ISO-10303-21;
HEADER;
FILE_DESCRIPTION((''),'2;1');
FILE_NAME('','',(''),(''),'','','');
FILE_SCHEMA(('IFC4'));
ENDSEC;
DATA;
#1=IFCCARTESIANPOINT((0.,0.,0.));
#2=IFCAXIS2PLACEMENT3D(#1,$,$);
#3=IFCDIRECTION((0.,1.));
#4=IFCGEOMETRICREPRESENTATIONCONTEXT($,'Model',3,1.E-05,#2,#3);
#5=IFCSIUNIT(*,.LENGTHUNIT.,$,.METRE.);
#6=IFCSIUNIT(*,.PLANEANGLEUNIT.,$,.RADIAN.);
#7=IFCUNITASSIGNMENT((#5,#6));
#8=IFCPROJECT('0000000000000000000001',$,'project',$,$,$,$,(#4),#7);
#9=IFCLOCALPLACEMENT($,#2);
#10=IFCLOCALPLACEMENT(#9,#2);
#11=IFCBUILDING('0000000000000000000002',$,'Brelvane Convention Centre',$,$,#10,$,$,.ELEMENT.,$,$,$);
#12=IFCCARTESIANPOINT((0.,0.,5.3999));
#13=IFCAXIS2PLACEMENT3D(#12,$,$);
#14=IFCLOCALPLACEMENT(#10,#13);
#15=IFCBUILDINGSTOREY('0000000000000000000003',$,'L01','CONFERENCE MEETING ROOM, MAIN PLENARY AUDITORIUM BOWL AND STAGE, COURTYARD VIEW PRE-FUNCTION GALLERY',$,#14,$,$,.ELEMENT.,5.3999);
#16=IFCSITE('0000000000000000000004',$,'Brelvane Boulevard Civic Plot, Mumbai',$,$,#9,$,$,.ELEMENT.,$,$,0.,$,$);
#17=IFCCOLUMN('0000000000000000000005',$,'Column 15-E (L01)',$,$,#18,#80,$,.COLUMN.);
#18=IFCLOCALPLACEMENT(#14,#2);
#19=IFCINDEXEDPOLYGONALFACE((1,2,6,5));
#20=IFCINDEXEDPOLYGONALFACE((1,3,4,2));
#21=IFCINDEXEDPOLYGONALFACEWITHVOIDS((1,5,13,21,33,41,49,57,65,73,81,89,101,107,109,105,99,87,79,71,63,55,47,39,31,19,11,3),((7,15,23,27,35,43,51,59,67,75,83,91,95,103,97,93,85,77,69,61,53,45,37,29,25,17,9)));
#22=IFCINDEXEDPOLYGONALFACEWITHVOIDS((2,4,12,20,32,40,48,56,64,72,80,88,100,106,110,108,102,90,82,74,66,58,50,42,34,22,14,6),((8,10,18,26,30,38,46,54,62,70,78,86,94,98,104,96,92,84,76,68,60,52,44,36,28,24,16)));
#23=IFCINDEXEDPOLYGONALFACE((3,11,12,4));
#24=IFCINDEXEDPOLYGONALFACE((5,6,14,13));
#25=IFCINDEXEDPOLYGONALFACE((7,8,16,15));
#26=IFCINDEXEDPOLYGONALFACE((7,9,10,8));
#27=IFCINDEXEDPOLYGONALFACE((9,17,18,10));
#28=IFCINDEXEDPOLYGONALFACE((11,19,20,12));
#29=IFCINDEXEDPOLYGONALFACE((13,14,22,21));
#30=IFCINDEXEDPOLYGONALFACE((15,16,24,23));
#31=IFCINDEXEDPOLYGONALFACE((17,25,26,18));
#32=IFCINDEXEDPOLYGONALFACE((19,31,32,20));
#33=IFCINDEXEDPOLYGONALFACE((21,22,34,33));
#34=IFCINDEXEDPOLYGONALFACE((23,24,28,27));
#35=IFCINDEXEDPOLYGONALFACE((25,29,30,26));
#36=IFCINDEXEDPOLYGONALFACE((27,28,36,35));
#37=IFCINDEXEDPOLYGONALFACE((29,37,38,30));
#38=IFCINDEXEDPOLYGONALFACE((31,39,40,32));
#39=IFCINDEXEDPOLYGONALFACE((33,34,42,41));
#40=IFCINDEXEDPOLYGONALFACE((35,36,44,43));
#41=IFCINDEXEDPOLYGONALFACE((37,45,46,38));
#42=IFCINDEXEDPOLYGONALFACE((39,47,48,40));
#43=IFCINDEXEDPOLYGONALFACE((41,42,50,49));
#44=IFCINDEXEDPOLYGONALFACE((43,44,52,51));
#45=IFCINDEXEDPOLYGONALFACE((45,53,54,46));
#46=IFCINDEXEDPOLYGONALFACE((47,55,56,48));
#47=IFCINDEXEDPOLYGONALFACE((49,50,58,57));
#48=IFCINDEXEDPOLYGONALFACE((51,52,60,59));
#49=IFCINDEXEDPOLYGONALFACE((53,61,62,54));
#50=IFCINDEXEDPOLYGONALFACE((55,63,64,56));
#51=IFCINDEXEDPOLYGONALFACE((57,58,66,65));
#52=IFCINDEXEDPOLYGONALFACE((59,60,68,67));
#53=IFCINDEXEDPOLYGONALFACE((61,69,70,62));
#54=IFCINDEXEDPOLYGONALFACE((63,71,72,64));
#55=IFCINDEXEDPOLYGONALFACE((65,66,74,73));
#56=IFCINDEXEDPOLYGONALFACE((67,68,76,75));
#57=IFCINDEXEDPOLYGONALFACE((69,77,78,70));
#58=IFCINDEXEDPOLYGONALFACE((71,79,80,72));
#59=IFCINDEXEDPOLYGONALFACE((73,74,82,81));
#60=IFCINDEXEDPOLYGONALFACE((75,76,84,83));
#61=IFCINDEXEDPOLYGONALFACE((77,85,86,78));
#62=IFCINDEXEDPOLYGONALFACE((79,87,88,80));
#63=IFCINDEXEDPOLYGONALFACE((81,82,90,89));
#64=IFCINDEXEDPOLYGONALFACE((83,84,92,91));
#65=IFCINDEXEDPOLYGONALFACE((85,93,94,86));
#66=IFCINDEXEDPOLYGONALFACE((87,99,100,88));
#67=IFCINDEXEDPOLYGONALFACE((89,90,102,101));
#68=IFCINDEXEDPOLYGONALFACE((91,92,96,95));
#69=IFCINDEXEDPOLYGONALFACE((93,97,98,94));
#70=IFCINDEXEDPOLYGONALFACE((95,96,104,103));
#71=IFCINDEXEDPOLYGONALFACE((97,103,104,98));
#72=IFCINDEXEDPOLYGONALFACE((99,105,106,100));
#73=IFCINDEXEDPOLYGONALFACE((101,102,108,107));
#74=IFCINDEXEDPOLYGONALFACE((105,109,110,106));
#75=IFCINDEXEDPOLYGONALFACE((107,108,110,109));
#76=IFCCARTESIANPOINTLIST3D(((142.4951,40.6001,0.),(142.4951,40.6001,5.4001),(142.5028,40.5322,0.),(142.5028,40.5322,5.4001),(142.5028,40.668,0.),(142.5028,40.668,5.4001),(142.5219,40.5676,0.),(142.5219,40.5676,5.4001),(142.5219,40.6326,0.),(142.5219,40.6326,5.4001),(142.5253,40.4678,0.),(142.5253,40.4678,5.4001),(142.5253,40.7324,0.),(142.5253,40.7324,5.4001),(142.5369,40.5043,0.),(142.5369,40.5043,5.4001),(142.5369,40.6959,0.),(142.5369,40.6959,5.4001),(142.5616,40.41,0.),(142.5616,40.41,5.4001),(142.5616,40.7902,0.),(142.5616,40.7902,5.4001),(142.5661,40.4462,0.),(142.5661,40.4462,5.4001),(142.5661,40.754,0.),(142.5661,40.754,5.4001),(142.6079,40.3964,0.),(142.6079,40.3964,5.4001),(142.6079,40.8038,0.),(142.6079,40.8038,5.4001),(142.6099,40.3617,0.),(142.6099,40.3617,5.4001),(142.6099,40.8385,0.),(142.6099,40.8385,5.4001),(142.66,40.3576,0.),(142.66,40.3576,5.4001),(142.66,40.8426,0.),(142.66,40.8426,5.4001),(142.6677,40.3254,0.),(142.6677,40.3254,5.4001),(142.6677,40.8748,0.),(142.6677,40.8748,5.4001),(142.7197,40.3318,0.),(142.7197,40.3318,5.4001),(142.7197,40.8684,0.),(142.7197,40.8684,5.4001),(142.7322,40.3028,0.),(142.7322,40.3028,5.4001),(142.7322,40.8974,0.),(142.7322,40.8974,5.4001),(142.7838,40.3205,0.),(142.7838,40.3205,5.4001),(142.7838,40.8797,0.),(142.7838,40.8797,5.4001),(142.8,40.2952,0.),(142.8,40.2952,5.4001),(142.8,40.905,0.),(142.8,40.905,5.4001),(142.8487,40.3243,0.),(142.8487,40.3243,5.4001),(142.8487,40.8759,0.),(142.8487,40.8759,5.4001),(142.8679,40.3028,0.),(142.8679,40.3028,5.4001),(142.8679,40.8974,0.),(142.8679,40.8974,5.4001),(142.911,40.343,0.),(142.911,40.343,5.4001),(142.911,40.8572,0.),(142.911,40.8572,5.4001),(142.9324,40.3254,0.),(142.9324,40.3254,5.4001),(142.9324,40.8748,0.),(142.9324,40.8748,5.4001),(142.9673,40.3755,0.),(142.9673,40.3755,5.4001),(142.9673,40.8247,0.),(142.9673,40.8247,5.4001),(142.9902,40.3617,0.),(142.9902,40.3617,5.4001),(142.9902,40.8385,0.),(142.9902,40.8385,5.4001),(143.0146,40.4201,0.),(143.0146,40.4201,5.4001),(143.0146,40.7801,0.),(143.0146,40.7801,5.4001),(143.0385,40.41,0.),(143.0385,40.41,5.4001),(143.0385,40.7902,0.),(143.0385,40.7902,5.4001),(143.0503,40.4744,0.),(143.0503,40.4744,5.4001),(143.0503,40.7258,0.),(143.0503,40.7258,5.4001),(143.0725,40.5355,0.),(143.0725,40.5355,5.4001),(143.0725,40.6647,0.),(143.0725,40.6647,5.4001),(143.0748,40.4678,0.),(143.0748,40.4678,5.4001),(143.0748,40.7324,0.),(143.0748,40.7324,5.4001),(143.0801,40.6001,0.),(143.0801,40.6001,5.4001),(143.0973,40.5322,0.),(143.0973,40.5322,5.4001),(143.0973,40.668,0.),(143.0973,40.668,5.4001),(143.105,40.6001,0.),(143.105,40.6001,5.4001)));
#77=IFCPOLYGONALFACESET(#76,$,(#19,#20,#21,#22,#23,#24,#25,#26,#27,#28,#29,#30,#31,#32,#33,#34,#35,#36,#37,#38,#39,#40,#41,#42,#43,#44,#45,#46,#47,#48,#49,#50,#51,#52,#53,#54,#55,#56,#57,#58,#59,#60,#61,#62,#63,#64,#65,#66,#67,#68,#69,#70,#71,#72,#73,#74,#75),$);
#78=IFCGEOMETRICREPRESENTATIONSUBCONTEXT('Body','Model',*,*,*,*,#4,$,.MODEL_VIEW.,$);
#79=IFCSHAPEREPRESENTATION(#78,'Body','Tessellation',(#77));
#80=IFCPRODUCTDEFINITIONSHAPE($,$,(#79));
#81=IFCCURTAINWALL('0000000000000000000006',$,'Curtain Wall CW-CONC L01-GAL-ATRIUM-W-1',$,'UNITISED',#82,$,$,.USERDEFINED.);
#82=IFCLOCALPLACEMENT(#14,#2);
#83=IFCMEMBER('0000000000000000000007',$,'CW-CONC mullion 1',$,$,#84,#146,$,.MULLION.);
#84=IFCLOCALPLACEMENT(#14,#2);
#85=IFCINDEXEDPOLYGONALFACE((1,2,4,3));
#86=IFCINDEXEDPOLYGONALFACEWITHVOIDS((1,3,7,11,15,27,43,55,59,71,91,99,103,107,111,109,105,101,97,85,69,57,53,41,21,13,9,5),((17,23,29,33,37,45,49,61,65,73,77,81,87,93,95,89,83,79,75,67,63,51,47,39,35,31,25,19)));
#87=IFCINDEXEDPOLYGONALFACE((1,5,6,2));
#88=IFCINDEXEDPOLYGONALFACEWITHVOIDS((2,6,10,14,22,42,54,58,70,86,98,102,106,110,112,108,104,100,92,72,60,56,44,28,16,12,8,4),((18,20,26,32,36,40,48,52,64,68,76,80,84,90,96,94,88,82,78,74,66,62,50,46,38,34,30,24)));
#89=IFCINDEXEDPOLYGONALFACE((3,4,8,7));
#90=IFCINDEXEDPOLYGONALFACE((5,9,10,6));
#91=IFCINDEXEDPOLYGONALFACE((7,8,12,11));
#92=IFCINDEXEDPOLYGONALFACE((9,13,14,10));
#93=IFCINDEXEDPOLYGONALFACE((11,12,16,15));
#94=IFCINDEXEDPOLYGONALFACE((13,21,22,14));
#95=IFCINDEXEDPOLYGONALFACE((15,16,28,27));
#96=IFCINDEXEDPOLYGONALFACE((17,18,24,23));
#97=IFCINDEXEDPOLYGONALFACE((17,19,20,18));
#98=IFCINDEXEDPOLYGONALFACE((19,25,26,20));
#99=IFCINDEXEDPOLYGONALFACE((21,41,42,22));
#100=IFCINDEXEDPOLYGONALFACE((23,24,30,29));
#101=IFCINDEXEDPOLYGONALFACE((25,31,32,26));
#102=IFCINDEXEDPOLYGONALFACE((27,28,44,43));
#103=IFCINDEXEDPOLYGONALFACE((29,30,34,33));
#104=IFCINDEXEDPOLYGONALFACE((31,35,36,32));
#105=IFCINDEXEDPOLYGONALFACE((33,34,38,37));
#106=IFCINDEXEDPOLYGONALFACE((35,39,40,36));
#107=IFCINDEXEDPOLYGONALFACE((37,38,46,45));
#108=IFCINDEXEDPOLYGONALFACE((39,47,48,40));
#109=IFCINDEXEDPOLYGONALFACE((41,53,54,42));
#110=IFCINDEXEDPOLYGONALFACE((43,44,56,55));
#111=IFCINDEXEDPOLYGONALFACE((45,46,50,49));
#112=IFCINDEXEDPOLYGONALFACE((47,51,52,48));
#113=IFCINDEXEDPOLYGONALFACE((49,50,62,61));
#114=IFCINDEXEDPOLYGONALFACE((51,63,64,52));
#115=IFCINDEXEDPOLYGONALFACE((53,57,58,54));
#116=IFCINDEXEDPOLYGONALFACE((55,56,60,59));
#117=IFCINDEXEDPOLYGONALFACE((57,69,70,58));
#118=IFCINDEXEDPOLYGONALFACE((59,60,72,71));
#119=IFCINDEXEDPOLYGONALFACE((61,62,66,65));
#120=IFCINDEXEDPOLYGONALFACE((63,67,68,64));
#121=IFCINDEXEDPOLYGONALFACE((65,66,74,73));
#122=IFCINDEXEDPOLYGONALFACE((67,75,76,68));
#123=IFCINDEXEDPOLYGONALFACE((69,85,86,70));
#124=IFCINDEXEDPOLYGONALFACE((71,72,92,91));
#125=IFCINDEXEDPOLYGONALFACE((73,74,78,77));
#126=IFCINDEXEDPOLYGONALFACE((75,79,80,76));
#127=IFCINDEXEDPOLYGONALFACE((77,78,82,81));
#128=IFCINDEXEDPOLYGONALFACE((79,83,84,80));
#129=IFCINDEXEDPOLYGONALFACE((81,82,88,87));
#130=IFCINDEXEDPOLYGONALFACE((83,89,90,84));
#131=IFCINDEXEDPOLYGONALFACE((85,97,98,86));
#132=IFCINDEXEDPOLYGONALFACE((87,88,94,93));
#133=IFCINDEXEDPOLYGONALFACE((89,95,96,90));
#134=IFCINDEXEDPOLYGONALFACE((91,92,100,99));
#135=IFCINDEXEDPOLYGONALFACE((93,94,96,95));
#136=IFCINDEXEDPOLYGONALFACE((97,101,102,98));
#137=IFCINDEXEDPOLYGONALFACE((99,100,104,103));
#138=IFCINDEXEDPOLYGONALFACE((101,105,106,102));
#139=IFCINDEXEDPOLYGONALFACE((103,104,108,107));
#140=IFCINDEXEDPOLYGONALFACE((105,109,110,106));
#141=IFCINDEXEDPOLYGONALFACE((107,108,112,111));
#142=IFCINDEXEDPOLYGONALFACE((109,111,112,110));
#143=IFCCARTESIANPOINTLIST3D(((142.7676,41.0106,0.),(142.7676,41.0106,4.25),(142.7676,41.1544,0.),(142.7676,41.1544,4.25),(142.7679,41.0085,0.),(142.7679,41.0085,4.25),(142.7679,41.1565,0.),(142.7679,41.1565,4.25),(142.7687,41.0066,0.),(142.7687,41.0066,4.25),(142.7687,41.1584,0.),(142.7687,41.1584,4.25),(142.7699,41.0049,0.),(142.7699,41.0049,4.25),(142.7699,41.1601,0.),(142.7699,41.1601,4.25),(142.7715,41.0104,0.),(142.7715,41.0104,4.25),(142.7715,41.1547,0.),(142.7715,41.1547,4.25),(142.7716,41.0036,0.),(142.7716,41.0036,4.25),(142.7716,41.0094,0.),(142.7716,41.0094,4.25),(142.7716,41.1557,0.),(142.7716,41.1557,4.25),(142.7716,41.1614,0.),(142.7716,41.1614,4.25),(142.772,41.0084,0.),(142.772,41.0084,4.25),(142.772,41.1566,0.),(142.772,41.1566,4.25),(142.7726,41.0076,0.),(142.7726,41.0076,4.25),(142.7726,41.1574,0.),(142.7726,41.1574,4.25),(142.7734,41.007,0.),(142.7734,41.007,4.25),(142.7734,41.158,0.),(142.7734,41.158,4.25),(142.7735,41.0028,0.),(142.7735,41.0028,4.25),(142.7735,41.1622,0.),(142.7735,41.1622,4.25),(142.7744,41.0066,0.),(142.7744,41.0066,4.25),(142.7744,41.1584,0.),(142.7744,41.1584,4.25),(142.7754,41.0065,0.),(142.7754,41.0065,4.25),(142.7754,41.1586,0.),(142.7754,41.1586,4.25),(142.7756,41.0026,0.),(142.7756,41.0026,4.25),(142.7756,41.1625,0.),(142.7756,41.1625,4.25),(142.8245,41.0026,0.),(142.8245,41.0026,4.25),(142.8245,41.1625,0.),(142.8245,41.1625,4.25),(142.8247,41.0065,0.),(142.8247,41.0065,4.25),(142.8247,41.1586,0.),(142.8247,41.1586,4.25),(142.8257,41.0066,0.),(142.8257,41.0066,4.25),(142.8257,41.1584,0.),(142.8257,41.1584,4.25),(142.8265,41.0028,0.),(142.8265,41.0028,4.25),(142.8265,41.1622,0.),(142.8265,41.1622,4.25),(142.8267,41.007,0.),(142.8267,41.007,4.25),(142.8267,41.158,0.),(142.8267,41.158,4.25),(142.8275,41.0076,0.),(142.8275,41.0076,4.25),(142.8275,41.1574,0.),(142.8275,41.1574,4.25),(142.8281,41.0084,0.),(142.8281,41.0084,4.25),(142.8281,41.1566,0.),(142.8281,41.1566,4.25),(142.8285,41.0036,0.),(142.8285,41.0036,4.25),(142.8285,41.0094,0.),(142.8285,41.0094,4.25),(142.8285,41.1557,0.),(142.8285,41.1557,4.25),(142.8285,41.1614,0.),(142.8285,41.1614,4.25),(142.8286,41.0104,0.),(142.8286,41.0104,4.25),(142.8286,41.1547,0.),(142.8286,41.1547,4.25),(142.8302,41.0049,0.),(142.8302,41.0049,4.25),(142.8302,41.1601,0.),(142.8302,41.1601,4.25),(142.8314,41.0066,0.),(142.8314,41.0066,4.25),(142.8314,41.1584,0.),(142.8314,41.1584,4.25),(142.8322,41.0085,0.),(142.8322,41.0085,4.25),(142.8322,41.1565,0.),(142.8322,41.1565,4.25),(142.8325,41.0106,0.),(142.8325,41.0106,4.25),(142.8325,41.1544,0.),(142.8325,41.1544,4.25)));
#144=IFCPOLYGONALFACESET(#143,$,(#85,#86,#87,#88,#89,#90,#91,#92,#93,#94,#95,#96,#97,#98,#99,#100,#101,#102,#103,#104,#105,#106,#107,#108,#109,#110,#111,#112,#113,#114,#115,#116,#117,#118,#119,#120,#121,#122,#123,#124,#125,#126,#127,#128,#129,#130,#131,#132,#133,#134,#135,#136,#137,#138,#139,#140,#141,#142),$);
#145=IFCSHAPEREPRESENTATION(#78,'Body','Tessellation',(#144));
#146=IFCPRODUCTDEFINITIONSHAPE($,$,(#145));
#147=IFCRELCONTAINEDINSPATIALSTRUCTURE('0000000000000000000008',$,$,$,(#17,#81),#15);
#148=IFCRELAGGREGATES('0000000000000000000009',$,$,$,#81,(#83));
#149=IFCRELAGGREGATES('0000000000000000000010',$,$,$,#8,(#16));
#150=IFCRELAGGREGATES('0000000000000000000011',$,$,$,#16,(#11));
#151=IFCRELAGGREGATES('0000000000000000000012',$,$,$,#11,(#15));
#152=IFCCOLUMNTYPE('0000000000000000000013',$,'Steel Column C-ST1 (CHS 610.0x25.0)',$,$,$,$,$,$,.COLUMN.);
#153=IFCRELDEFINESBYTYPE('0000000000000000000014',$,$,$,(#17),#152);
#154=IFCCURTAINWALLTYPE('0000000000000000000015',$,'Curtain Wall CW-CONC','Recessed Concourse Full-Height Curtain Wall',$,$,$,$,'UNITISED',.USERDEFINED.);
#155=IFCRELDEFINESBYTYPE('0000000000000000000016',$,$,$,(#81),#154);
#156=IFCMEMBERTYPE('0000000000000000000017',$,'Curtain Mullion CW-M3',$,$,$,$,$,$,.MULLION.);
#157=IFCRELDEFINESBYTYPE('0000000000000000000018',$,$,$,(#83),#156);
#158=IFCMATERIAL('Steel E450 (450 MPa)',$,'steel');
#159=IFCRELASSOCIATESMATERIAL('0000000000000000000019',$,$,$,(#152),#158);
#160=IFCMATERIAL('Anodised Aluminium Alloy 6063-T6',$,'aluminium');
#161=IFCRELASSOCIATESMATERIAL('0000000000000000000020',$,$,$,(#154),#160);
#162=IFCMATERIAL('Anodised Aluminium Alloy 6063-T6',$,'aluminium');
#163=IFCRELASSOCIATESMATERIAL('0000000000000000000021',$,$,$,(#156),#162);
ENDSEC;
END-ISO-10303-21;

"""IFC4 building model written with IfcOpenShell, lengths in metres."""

from ifc_helpers import new_model, si_unit, direction, frame, origin, origin_2d, place, context, subcontext, project, spatial, hollow_rectangle, hollow_circle, extrude, material, material_profile, profile_set, type_object, element, aggregate, save


model = new_model("IFC4")

# Units and contexts
model_context = context("Model", 3, precision=1e-05, world=origin(), true_north=direction((0.0, 1.0)))
body_context = subcontext(model_context, "Body", "Model", "MODEL_VIEW")
ifc_project = project(units=[si_unit("LENGTHUNIT", "METRE"), si_unit("PLANEANGLEUNIT", "RADIAN")], contexts=[model_context])

# Site, building, storey
site_placement = place(None, origin())
site = spatial("IfcSite", under=ifc_project, at=site_placement, Name="Brelvane Boulevard Civic Plot, Mumbai", CompositionType="ELEMENT", RefElevation=0.0)
building_placement = place(site_placement, origin())
building = spatial("IfcBuilding", under=site, at=building_placement, Name="Brelvane Convention Centre", CompositionType="ELEMENT")
storey_placement = place(building_placement, frame((0.0, 0.0, 5.3999)))
storey = spatial("IfcBuildingStorey", under=building, at=storey_placement, Name="L01", Description="CONFERENCE MEETING ROOM, MAIN PLENARY AUDITORIUM BOWL AND STAGE, COURTYARD VIEW PRE-FUNCTION GALLERY", CompositionType="ELEMENT", Elevation=5.3999)

# Column
ifc_material_1 = material(Name="Steel E450 (450 MPa)", Category="steel")
ifc_material_profile_1 = material_profile(ifc_material_1, hollow_circle(Radius=0.3049, WallThickness=0.0249, at=origin_2d()), Name="CHS 610.0x25.0")
ifc_profile_set_1 = profile_set([ifc_material_profile_1], Name="Steel E450 (450 MPa)")
column_type = type_object("IfcColumnType", Name="Steel Column C-ST1 (CHS 610.0x25.0)", PredefinedType="COLUMN", material=ifc_profile_set_1)
column_placement = place(storey_placement, frame((142.8, 40.6001, 0.0), z_axis=(0.0, 0.0, 1.0), x_axis=(1.0, 0.0, 0.0)))
element("IfcColumn", 1, at=column_placement, inside=storey, type_object=column_type, Name="Column 15-E (L01)", PredefinedType="COLUMN", context=body_context, shape_type="SweptSolid", body=[
    extrude(hollow_circle(Radius=0.3049, WallThickness=0.0249, at=origin_2d()), origin(), (0.0, 0.0, 1.0), 5.4001),
])

# Curtain wall, member
ifc_material_2 = material(Name="Anodised Aluminium Alloy 6063-T6", Category="aluminium")
curtain_wall_type = type_object("IfcCurtainWallType", Name="Curtain Wall CW-CONC", Description="Recessed Concourse Full-Height Curtain Wall", ElementType="UNITISED", PredefinedType="USERDEFINED", material=ifc_material_2)
curtain_wall_placement = place(storey_placement, origin())
curtain_wall = element("IfcCurtainWall", 2, at=curtain_wall_placement, inside=storey, type_object=curtain_wall_type, Name="Curtain Wall CW-CONC L01-GAL-ATRIUM-W-1", ObjectType="UNITISED", PredefinedType="USERDEFINED")
ifc_material_3 = material(Name="Anodised Aluminium Alloy 6063-T6", Category="aluminium")
ifc_material_profile_2 = material_profile(ifc_material_3, hollow_rectangle(XDim=0.0649, YDim=0.1599, WallThickness=0.0039, InnerFilletRadius=0.0039, OuterFilletRadius=0.0081, at=origin_2d()), Name="ALU-M 160x65x4.0")
ifc_profile_set_2 = profile_set([ifc_material_profile_2], Name="Anodised Aluminium Alloy 6063-T6")
member_type_1 = type_object("IfcMemberType", Name="Curtain Mullion CW-M3", PredefinedType="MULLION", material=ifc_profile_set_2)
member_1_placement = place(storey_placement, frame((142.8, 41.0825, 0.0), z_axis=(0.0, 0.0, 1.0), x_axis=(-1.0, 0.0, 0.0)))
member_1 = element("IfcMember", 3, at=member_1_placement, type_object=member_type_1, Name="CW-CONC mullion 1", PredefinedType="MULLION", context=body_context, shape_type="SweptSolid", body=[
    extrude(hollow_rectangle(XDim=0.0649, YDim=0.1599, WallThickness=0.0039, InnerFilletRadius=0.0039, OuterFilletRadius=0.0081, at=origin_2d()), origin(), (0.0, 0.0, 1.0), 4.25),
])

aggregate(curtain_wall, [member_1])

save(model, "model.ifc")
